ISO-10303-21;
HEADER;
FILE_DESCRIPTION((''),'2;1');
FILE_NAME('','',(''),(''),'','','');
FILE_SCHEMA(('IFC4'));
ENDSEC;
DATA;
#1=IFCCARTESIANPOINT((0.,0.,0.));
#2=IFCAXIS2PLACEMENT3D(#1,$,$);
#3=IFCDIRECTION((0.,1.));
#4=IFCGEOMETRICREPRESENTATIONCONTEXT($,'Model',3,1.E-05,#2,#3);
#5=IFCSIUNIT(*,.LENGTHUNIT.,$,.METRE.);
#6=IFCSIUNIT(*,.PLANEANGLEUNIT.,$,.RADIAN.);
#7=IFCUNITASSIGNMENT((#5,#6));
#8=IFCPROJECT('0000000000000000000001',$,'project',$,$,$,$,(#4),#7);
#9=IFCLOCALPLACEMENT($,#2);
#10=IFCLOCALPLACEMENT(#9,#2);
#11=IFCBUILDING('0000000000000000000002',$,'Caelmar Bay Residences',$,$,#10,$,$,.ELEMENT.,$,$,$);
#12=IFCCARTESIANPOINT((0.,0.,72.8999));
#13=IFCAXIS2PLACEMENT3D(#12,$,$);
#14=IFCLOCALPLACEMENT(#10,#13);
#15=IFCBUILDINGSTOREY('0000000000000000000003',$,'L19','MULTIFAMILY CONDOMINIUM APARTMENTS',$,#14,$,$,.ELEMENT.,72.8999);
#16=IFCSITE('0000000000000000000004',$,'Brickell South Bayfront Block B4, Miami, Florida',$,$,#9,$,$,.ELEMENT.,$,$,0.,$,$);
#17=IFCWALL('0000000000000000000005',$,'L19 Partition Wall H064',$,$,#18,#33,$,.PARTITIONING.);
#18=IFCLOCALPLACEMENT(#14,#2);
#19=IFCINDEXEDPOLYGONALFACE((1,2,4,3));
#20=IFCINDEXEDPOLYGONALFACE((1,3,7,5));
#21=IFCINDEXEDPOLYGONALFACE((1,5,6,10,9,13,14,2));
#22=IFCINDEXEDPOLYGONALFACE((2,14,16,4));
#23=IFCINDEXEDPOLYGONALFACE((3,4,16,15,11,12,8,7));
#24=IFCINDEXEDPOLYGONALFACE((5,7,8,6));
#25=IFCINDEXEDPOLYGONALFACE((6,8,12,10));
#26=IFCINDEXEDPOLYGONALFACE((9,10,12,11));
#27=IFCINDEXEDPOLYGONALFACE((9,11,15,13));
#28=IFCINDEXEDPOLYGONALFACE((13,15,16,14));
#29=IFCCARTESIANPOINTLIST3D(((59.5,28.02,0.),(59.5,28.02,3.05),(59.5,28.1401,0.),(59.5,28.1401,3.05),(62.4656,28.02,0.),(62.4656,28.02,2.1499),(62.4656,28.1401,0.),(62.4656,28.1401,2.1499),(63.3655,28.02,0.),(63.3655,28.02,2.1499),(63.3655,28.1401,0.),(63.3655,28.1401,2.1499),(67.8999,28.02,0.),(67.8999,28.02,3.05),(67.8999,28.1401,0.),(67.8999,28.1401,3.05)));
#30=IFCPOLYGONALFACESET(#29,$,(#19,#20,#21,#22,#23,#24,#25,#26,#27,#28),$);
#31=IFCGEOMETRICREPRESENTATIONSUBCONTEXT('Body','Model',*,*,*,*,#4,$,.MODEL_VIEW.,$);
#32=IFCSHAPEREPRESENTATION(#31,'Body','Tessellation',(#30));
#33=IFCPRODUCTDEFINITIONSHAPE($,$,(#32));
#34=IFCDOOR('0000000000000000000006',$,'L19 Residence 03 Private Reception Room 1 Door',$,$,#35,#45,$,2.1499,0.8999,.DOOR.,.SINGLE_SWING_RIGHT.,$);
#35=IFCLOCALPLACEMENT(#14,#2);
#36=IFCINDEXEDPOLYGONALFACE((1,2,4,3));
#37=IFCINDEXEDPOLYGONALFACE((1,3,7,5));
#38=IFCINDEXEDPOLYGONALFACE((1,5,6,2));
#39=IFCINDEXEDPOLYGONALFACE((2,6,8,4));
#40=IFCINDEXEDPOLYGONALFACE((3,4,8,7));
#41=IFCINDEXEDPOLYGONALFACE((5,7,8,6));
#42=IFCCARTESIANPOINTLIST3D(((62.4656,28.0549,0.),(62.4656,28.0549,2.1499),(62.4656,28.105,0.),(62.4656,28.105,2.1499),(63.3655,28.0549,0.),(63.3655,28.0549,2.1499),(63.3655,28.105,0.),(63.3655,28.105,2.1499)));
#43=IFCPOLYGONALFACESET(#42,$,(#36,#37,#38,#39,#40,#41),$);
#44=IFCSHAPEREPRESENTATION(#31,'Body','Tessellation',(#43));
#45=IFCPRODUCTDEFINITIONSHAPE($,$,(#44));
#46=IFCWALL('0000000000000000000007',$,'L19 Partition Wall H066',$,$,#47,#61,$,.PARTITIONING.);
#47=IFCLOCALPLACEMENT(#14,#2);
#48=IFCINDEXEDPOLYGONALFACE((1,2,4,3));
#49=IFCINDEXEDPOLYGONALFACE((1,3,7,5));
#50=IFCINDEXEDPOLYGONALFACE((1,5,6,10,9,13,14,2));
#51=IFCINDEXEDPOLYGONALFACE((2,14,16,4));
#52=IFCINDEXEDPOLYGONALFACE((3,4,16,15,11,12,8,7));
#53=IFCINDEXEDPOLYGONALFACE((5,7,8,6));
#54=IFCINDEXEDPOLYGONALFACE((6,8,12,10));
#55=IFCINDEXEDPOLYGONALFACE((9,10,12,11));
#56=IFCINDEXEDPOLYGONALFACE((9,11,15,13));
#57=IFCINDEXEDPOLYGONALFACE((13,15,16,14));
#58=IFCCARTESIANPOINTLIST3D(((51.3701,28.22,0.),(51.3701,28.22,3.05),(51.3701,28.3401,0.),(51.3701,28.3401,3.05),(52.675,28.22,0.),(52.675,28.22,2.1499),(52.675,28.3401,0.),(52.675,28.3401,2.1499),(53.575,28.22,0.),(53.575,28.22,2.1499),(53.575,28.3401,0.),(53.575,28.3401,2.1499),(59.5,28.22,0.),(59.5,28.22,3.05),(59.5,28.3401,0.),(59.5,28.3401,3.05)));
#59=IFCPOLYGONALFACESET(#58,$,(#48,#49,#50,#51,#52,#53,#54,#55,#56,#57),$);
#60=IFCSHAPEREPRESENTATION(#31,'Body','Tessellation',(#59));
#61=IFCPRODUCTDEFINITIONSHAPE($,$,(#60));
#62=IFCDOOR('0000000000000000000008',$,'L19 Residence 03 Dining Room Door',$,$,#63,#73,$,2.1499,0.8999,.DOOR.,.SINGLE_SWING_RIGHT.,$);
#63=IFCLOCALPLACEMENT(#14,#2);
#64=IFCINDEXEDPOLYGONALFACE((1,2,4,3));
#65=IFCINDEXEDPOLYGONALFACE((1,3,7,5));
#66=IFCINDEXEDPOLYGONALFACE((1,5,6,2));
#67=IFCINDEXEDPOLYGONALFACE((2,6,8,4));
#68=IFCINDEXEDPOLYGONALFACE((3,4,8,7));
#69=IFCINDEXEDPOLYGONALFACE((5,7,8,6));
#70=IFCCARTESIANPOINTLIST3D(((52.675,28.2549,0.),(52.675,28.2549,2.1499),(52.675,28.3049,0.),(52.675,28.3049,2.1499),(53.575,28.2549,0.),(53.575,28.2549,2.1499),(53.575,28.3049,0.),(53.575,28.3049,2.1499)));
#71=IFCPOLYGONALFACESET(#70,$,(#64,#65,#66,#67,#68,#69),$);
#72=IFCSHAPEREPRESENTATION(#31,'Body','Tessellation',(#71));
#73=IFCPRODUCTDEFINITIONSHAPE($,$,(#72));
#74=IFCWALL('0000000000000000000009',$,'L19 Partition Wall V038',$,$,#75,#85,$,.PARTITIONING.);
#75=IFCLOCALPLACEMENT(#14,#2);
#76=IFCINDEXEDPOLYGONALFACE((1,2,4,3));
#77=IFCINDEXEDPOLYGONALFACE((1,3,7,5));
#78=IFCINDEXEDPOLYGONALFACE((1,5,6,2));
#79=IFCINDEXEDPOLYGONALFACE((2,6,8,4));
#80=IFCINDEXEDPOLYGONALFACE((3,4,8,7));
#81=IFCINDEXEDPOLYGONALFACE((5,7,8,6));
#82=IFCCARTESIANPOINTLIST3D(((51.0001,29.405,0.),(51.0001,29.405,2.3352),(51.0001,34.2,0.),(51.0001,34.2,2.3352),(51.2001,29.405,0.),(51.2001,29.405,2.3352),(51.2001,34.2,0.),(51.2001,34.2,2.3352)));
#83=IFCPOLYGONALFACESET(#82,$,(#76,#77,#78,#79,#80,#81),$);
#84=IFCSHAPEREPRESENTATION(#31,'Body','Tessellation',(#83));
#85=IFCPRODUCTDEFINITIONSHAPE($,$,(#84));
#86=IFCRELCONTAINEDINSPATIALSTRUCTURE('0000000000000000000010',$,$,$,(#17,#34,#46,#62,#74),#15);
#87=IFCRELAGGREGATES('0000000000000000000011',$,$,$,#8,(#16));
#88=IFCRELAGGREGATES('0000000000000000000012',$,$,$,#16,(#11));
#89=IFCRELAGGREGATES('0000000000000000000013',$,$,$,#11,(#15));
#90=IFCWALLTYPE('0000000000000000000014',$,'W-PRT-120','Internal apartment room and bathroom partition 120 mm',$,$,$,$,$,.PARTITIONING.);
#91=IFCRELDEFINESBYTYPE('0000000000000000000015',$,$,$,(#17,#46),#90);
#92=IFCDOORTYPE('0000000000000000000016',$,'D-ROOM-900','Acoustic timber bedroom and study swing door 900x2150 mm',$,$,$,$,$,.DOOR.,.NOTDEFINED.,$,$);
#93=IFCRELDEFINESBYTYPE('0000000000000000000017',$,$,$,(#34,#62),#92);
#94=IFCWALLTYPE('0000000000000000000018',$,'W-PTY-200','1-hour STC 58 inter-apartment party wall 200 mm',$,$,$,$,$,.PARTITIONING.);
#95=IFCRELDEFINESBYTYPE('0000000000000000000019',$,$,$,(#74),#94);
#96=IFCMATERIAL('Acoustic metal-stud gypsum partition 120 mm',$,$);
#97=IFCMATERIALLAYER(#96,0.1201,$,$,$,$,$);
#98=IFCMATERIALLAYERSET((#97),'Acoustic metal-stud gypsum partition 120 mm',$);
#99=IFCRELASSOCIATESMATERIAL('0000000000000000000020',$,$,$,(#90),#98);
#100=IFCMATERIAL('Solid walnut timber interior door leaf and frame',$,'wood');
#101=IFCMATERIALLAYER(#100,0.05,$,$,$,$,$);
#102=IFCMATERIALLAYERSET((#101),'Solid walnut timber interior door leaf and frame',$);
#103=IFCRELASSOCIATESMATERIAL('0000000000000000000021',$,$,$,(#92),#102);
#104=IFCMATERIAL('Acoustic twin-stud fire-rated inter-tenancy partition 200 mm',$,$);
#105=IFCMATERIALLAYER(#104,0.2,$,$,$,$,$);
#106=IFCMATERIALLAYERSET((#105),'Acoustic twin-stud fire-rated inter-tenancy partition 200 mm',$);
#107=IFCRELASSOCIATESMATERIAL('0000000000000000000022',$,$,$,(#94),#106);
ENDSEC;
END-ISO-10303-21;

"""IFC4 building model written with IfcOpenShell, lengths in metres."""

from ifc_helpers import new_model, si_unit, direction, frame, frame_2d, origin, place, context, subcontext, project, spatial, rectangle, extrude, material, layer, layer_set, type_object, element, fill, save


model = new_model("IFC4")

# Units and contexts
model_context = context("Model", 3, precision=1e-05, world=origin(), true_north=direction((0.0, 1.0)))
body_context = subcontext(model_context, "Body", "Model", "MODEL_VIEW")
ifc_project = project(units=[si_unit("LENGTHUNIT", "METRE"), si_unit("PLANEANGLEUNIT", "RADIAN")], contexts=[model_context])

# Site, building, storey
site_placement = place(None, origin())
site = spatial("IfcSite", under=ifc_project, at=site_placement, Name="Brickell South Bayfront Block B4, Miami, Florida", CompositionType="ELEMENT", RefElevation=0.0)
building_placement = place(site_placement, origin())
building = spatial("IfcBuilding", under=site, at=building_placement, Name="Caelmar Bay Residences", CompositionType="ELEMENT")
storey_placement = place(building_placement, frame((0.0, 0.0, 72.8999)))
storey = spatial("IfcBuildingStorey", under=building, at=storey_placement, Name="L19", Description="MULTIFAMILY CONDOMINIUM APARTMENTS", CompositionType="ELEMENT", Elevation=72.8999)

# Walls, openings, doors
ifc_material_1 = material(Name="Acoustic metal-stud gypsum partition 120 mm")
ifc_layer_1 = layer(ifc_material_1, 0.1201)
ifc_layer_set_1 = layer_set([ifc_layer_1], Name="Acoustic metal-stud gypsum partition 120 mm")
wall_type_1 = type_object("IfcWallType", Name="W-PRT-120", Description="Internal apartment room and bathroom partition 120 mm", PredefinedType="PARTITIONING", material=ifc_layer_set_1)
ifc_material_2 = material(Name="Solid walnut timber interior door leaf and frame", Category="wood")
ifc_layer_2 = layer(ifc_material_2, 0.05)
ifc_layer_set_2 = layer_set([ifc_layer_2], Name="Solid walnut timber interior door leaf and frame")
door_type_1 = type_object("IfcDoorType", Name="D-ROOM-900", Description="Acoustic timber bedroom and study swing door 900x2150 mm", OperationType="NOTDEFINED", PredefinedType="DOOR", material=ifc_layer_set_2)
wall_1_placement = place(storey_placement, frame((59.5, 28.0801, 0.0), z_axis=(0.0, 0.0, 1.0), x_axis=(1.0, 0.0, 0.0)))
wall_1 = element("IfcWall", 1, at=wall_1_placement, inside=storey, type_object=wall_type_1, Name="L19 Partition Wall H064", PredefinedType="PARTITIONING", context=body_context, shape_type="SweptSolid", body=[
    extrude(rectangle(XDim=8.3999, YDim=0.1201, at=frame_2d((4.2, 0.0))), origin(), (0.0, 0.0, 1.0), 3.05),
])
opening_1_placement = place(wall_1_placement, frame((2.9656, 0.0, 0.0)))
opening_1 = element("IfcOpeningElement", 2, at=opening_1_placement, cuts=wall_1, PredefinedType="OPENING", context=body_context, shape_type="SweptSolid", body=[
    extrude(rectangle(XDim=0.8999, YDim=2.1499, at=frame_2d((0.45, 1.075))), frame((0.0, 0.0701, 0.0), z_axis=(0.0, -1.0, 0.0), x_axis=(1.0, 0.0, 0.0)), (0.0, 0.0, 1.0), 0.1401),
])
door_1_placement = place(opening_1_placement, origin())
door_1 = element("IfcDoor", 3, at=door_1_placement, inside=storey, type_object=door_type_1, Name="L19 Residence 03 Private Reception Room 1 Door", OperationType="SINGLE_SWING_RIGHT", OverallHeight=2.1499, OverallWidth=0.8999, PredefinedType="DOOR", context=body_context, shape_type="SweptSolid", body=[
    extrude(rectangle(XDim=0.8999, YDim=2.1499, at=frame_2d((0.45, 1.075))), frame((0.0, 0.0249, 0.0), z_axis=(0.0, -1.0, 0.0), x_axis=(1.0, 0.0, 0.0)), (0.0, 0.0, 1.0), 0.05),
])
fill(opening_1, door_1)
wall_2_placement = place(storey_placement, frame((51.3701, 28.28, 0.0), z_axis=(0.0, 0.0, 1.0), x_axis=(1.0, 0.0, 0.0)))
wall_2 = element("IfcWall", 4, at=wall_2_placement, inside=storey, type_object=wall_type_1, Name="L19 Partition Wall H066", PredefinedType="PARTITIONING", context=body_context, shape_type="SweptSolid", body=[
    extrude(rectangle(XDim=8.1299, YDim=0.1201, at=frame_2d((4.0649, 0.0))), origin(), (0.0, 0.0, 1.0), 3.05),
])
opening_2_placement = place(wall_2_placement, frame((1.3049, 0.0, 0.0)))
opening_2 = element("IfcOpeningElement", 5, at=opening_2_placement, cuts=wall_2, PredefinedType="OPENING", context=body_context, shape_type="SweptSolid", body=[
    extrude(rectangle(XDim=0.8999, YDim=2.1499, at=frame_2d((0.45, 1.075))), frame((0.0, 0.0701, 0.0), z_axis=(0.0, -1.0, 0.0), x_axis=(1.0, 0.0, 0.0)), (0.0, 0.0, 1.0), 0.1401),
])
door_2_placement = place(opening_2_placement, origin())
door_2 = element("IfcDoor", 6, at=door_2_placement, inside=storey, type_object=door_type_1, Name="L19 Residence 03 Dining Room Door", OperationType="SINGLE_SWING_RIGHT", OverallHeight=2.1499, OverallWidth=0.8999, PredefinedType="DOOR", context=body_context, shape_type="SweptSolid", body=[
    extrude(rectangle(XDim=0.8999, YDim=2.1499, at=frame_2d((0.45, 1.075))), frame((0.0, 0.0249, 0.0), z_axis=(0.0, -1.0, 0.0), x_axis=(1.0, 0.0, 0.0)), (0.0, 0.0, 1.0), 0.05),
])
fill(opening_2, door_2)

# Wall
ifc_material_3 = material(Name="Acoustic twin-stud fire-rated inter-tenancy partition 200 mm")
ifc_layer_3 = layer(ifc_material_3, 0.2)
ifc_layer_set_3 = layer_set([ifc_layer_3], Name="Acoustic twin-stud fire-rated inter-tenancy partition 200 mm")
wall_type_2 = type_object("IfcWallType", Name="W-PTY-200", Description="1-hour STC 58 inter-apartment party wall 200 mm", PredefinedType="PARTITIONING", material=ifc_layer_set_3)
wall_3_placement = place(storey_placement, frame((51.1001, 29.405, 0.0), z_axis=(0.0, 0.0, 1.0), x_axis=(0.0, 1.0, 0.0)))
element("IfcWall", 7, at=wall_3_placement, inside=storey, type_object=wall_type_2, Name="L19 Partition Wall V038", PredefinedType="PARTITIONING", context=body_context, shape_type="SweptSolid", body=[
    extrude(rectangle(XDim=4.7949, YDim=0.2, at=frame_2d((2.3975, 0.0))), origin(), (0.0, 0.0, 1.0), 2.3352),
])

save(model, "model.ifc")
